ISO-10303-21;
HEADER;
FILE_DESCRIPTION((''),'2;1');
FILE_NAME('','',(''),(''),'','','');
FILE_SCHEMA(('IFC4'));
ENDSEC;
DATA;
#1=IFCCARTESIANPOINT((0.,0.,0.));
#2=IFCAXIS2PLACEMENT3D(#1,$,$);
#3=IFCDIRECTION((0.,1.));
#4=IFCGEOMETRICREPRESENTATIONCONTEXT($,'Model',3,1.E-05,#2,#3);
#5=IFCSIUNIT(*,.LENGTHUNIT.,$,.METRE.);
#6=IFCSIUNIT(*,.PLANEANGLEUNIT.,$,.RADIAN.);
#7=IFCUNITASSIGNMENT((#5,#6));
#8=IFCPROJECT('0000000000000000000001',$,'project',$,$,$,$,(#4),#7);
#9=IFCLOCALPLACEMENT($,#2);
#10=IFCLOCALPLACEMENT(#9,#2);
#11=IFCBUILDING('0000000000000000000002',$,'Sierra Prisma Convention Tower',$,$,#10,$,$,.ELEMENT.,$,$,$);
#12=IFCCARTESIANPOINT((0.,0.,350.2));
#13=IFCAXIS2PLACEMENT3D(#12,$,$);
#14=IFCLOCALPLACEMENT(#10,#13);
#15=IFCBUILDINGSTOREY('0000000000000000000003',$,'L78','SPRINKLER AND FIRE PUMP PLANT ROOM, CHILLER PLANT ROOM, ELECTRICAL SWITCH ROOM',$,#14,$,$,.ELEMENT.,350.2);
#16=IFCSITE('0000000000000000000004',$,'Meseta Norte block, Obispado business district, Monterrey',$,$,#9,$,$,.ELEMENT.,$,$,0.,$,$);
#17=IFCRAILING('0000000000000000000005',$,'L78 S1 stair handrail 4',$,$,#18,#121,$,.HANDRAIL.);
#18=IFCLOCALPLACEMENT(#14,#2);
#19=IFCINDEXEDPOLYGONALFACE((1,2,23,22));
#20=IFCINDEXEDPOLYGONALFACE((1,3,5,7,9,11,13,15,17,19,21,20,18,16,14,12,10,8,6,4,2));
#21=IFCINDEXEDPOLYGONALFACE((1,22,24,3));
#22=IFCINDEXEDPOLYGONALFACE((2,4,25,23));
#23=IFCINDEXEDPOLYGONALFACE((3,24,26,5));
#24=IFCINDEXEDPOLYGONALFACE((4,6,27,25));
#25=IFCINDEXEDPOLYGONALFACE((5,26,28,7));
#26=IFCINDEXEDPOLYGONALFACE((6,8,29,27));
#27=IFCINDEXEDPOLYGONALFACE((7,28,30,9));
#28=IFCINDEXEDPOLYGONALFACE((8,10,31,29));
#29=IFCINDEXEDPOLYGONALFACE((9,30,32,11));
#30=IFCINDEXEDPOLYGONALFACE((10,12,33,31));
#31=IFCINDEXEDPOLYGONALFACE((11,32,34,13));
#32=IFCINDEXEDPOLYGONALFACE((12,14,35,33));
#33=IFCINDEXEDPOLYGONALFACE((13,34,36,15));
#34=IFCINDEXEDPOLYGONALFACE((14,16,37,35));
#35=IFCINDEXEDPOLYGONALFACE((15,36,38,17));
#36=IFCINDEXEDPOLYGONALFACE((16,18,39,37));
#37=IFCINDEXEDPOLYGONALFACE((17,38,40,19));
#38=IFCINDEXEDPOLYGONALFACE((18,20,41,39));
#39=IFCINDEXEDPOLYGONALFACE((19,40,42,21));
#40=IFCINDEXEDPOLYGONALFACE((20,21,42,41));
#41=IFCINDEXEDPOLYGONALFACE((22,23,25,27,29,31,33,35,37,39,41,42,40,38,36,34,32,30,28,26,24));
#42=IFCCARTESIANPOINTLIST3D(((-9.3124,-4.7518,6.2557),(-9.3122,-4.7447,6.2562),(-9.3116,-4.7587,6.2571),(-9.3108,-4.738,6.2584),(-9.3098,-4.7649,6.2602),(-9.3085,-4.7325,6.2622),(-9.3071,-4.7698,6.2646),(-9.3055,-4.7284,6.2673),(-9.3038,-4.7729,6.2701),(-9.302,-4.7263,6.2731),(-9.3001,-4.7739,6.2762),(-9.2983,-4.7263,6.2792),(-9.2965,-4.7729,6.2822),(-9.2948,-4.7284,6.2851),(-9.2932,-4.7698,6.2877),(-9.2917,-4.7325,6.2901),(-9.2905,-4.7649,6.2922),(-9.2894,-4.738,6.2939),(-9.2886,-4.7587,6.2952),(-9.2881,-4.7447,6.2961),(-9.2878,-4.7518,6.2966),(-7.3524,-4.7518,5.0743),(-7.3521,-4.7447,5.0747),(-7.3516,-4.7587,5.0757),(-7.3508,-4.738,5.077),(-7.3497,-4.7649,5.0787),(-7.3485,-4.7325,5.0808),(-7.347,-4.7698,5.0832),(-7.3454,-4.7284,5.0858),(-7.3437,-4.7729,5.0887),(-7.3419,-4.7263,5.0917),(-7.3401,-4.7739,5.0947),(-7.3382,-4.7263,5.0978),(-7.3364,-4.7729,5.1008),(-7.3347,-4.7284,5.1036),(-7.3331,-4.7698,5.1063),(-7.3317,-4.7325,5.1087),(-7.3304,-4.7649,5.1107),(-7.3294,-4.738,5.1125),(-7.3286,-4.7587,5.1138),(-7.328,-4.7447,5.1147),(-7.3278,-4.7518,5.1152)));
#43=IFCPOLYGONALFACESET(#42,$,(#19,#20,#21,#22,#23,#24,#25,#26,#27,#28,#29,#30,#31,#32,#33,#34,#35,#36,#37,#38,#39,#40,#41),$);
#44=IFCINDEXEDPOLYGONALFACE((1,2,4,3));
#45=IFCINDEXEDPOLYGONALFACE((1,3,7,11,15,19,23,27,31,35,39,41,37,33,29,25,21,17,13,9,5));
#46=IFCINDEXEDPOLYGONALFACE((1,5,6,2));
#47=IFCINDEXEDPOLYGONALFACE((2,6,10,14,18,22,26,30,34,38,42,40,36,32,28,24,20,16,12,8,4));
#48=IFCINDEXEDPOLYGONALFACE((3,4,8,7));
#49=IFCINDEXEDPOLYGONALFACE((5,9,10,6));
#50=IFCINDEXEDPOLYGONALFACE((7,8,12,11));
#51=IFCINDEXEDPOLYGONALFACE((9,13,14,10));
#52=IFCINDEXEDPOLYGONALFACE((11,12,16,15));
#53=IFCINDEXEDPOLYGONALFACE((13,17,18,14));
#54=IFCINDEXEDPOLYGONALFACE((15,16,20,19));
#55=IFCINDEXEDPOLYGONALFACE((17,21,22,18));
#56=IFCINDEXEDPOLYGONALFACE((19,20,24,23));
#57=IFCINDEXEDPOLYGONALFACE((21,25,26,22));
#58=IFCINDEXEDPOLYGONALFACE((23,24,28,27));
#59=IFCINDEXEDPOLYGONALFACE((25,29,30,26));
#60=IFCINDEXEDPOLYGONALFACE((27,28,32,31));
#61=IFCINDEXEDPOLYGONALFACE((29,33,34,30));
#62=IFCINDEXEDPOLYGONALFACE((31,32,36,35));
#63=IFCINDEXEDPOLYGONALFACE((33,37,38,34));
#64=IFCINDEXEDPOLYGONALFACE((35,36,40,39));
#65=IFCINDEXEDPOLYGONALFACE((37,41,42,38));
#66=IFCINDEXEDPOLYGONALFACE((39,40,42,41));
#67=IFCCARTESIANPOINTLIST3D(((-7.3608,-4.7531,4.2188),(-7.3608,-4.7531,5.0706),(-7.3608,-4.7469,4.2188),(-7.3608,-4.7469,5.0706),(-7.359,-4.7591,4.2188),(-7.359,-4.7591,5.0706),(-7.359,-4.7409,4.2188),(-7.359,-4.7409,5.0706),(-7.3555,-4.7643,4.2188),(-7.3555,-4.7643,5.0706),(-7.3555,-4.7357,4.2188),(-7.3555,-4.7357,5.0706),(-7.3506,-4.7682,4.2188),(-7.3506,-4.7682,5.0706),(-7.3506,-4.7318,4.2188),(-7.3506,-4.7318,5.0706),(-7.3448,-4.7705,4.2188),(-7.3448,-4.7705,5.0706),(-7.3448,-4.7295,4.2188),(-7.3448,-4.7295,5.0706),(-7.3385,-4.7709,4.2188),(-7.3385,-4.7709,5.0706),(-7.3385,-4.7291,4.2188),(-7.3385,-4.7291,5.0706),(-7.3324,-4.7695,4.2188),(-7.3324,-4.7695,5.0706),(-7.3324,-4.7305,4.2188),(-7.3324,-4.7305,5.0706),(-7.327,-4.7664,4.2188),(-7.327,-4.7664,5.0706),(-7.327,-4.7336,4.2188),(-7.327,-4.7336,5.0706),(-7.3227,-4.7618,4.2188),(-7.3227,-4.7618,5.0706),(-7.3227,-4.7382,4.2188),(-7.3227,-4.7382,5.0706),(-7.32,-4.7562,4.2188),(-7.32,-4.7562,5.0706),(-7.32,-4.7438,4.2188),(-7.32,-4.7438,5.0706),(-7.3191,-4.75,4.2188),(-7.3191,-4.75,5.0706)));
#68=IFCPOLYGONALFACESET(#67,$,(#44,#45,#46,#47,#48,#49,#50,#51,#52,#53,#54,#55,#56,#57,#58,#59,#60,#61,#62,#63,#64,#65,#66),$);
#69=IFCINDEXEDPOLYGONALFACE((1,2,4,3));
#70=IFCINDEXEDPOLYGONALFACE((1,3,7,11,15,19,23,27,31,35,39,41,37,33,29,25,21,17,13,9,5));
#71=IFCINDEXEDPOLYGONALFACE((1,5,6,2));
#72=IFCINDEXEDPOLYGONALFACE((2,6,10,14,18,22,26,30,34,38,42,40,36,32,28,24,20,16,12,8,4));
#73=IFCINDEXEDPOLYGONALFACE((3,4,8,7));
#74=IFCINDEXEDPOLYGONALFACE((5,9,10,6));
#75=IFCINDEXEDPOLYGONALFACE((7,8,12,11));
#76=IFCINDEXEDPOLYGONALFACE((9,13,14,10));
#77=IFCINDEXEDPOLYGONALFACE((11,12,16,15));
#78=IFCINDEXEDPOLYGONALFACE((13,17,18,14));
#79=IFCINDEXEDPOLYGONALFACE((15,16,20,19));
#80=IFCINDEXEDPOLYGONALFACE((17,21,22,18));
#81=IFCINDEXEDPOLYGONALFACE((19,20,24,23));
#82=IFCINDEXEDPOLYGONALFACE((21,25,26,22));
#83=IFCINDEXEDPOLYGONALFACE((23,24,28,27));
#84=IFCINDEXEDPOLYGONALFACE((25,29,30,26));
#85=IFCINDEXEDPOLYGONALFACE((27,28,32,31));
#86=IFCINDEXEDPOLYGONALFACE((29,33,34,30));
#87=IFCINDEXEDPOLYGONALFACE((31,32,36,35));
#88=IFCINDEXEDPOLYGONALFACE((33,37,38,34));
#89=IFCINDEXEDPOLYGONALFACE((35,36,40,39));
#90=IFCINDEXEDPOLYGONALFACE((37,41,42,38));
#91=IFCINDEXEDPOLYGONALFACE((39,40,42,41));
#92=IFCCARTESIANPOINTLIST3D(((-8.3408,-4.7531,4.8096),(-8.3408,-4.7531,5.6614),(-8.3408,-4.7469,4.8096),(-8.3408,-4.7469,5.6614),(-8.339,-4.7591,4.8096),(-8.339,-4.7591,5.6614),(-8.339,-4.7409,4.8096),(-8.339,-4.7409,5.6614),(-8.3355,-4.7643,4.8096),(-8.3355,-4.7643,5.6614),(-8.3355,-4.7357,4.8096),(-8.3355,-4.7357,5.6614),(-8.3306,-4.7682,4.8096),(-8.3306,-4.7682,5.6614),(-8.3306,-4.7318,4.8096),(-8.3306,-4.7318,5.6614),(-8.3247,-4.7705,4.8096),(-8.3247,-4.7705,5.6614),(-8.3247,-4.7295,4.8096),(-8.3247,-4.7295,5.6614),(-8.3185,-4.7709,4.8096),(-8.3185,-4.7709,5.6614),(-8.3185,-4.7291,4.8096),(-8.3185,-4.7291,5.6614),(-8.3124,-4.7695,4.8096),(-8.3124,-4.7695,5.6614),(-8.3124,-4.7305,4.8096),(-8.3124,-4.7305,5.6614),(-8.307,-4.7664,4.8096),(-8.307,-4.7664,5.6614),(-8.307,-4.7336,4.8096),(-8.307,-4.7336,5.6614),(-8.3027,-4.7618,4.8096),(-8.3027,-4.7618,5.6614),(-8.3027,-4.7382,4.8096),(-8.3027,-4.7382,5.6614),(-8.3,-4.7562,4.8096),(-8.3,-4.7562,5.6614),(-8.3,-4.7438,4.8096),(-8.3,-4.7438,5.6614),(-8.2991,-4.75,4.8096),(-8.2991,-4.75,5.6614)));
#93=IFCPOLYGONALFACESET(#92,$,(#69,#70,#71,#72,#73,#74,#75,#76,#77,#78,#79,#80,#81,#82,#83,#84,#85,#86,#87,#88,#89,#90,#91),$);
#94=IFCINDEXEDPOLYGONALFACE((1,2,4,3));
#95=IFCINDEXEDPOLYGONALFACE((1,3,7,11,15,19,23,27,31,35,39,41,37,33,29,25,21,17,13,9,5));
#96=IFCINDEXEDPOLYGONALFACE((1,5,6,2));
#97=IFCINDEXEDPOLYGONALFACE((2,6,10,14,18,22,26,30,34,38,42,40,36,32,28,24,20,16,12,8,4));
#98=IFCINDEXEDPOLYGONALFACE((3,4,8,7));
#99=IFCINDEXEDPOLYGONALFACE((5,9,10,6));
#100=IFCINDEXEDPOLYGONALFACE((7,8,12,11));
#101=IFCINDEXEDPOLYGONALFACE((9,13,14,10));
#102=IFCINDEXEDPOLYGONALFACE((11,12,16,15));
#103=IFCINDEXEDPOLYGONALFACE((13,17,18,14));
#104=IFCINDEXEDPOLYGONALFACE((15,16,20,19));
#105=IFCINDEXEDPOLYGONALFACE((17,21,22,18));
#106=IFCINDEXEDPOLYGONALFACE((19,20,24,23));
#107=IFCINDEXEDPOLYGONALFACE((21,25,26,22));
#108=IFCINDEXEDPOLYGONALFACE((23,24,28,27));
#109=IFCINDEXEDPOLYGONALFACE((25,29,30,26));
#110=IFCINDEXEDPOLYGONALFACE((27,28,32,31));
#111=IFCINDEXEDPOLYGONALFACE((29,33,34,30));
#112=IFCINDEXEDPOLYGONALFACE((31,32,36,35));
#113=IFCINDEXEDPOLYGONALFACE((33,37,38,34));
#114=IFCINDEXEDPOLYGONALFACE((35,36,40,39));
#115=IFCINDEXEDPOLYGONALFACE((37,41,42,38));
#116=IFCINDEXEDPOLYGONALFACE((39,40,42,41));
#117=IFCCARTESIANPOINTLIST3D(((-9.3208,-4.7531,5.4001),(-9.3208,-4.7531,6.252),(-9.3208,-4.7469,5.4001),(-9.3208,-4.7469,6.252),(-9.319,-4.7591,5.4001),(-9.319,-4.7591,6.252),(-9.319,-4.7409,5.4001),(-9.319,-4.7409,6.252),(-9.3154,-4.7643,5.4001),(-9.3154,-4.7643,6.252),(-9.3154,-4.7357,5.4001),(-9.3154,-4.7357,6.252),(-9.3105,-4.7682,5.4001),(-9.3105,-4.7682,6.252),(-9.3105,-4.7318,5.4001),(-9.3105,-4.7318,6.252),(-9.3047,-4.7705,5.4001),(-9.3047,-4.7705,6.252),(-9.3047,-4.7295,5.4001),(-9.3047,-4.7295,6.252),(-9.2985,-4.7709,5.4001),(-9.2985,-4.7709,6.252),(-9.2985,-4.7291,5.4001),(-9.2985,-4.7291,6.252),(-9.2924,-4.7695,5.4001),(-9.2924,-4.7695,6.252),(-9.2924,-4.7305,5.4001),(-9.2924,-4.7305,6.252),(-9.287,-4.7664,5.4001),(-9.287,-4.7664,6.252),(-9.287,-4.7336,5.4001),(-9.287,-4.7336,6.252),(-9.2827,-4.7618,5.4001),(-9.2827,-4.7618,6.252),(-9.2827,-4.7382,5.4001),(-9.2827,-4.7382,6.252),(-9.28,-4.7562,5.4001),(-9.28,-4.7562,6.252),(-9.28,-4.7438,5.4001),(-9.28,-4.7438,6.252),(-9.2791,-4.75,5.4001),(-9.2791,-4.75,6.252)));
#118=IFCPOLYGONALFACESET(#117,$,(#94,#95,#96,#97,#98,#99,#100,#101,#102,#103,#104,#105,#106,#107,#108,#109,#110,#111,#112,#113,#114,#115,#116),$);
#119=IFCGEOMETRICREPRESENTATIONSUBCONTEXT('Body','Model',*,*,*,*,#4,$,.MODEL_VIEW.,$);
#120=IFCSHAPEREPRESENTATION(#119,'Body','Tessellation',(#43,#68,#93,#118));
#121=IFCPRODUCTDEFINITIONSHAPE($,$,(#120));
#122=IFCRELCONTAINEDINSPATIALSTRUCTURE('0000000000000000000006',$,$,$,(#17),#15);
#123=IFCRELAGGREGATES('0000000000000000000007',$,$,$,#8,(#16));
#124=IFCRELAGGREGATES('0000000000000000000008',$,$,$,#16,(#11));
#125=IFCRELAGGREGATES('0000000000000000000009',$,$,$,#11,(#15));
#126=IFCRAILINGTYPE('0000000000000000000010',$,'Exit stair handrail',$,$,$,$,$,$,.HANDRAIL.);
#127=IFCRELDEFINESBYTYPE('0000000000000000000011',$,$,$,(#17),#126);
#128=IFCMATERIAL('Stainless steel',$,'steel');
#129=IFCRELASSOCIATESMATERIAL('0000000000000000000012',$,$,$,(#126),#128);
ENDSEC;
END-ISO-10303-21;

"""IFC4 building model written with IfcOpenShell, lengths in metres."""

from ifc_helpers import new_model, si_unit, direction, frame, origin, origin_2d, place, context, subcontext, project, spatial, circle, extrude, material, type_object, element, save


model = new_model("IFC4")

# Units and contexts
model_context = context("Model", 3, precision=1e-05, world=origin(), true_north=direction((0.0, 1.0)))
body_context = subcontext(model_context, "Body", "Model", "MODEL_VIEW")
ifc_project = project(units=[si_unit("LENGTHUNIT", "METRE"), si_unit("PLANEANGLEUNIT", "RADIAN")], contexts=[model_context])

# Site, building, storey
site_placement = place(None, origin())
site = spatial("IfcSite", under=ifc_project, at=site_placement, Name="Meseta Norte block, Obispado business district, Monterrey", CompositionType="ELEMENT", RefElevation=0.0)
building_placement = place(site_placement, origin())
building = spatial("IfcBuilding", under=site, at=building_placement, Name="Sierra Prisma Convention Tower", CompositionType="ELEMENT")
storey_placement = place(building_placement, frame((0.0, 0.0, 350.2)))
storey = spatial("IfcBuildingStorey", under=building, at=storey_placement, Name="L78", Description="SPRINKLER AND FIRE PUMP PLANT ROOM, CHILLER PLANT ROOM, ELECTRICAL SWITCH ROOM", CompositionType="ELEMENT", Elevation=350.2)

# Railing
ifc_material_1 = material(Name="Stainless steel", Category="steel")
railing_type_1 = type_object("IfcRailingType", Name="Exit stair handrail", PredefinedType="HANDRAIL", material=ifc_material_1)
railing_1_placement = place(storey_placement, frame((-7.3401, -4.75, 4.2188)))
element("IfcRailing", 1, at=railing_1_placement, inside=storey, type_object=railing_type_1, Name="L78 S1 stair handrail 4", PredefinedType="HANDRAIL", context=body_context, shape_type="SweptSolid", body=[
    extrude(circle(Radius=0.0239, at=origin_2d()), frame((0.0, 0.0, 0.876), z_axis=(-0.856446, 0.0, 0.516236), x_axis=(0.0, -1.0, 0.0)), (0.0, 0.0, 1.0), 2.2886),
    extrude(circle(Radius=0.021, at=origin_2d()), origin(), (0.0, 0.0, 1.0), 0.8518),
    extrude(circle(Radius=0.021, at=origin_2d()), frame((-0.98, 0.0, 0.5908)), (0.0, 0.0, 1.0), 0.8518),
    extrude(circle(Radius=0.021, at=origin_2d()), frame((-1.96, 0.0, 1.1814)), (0.0, 0.0, 1.0), 0.8518),
])

save(model, "model.ifc")
